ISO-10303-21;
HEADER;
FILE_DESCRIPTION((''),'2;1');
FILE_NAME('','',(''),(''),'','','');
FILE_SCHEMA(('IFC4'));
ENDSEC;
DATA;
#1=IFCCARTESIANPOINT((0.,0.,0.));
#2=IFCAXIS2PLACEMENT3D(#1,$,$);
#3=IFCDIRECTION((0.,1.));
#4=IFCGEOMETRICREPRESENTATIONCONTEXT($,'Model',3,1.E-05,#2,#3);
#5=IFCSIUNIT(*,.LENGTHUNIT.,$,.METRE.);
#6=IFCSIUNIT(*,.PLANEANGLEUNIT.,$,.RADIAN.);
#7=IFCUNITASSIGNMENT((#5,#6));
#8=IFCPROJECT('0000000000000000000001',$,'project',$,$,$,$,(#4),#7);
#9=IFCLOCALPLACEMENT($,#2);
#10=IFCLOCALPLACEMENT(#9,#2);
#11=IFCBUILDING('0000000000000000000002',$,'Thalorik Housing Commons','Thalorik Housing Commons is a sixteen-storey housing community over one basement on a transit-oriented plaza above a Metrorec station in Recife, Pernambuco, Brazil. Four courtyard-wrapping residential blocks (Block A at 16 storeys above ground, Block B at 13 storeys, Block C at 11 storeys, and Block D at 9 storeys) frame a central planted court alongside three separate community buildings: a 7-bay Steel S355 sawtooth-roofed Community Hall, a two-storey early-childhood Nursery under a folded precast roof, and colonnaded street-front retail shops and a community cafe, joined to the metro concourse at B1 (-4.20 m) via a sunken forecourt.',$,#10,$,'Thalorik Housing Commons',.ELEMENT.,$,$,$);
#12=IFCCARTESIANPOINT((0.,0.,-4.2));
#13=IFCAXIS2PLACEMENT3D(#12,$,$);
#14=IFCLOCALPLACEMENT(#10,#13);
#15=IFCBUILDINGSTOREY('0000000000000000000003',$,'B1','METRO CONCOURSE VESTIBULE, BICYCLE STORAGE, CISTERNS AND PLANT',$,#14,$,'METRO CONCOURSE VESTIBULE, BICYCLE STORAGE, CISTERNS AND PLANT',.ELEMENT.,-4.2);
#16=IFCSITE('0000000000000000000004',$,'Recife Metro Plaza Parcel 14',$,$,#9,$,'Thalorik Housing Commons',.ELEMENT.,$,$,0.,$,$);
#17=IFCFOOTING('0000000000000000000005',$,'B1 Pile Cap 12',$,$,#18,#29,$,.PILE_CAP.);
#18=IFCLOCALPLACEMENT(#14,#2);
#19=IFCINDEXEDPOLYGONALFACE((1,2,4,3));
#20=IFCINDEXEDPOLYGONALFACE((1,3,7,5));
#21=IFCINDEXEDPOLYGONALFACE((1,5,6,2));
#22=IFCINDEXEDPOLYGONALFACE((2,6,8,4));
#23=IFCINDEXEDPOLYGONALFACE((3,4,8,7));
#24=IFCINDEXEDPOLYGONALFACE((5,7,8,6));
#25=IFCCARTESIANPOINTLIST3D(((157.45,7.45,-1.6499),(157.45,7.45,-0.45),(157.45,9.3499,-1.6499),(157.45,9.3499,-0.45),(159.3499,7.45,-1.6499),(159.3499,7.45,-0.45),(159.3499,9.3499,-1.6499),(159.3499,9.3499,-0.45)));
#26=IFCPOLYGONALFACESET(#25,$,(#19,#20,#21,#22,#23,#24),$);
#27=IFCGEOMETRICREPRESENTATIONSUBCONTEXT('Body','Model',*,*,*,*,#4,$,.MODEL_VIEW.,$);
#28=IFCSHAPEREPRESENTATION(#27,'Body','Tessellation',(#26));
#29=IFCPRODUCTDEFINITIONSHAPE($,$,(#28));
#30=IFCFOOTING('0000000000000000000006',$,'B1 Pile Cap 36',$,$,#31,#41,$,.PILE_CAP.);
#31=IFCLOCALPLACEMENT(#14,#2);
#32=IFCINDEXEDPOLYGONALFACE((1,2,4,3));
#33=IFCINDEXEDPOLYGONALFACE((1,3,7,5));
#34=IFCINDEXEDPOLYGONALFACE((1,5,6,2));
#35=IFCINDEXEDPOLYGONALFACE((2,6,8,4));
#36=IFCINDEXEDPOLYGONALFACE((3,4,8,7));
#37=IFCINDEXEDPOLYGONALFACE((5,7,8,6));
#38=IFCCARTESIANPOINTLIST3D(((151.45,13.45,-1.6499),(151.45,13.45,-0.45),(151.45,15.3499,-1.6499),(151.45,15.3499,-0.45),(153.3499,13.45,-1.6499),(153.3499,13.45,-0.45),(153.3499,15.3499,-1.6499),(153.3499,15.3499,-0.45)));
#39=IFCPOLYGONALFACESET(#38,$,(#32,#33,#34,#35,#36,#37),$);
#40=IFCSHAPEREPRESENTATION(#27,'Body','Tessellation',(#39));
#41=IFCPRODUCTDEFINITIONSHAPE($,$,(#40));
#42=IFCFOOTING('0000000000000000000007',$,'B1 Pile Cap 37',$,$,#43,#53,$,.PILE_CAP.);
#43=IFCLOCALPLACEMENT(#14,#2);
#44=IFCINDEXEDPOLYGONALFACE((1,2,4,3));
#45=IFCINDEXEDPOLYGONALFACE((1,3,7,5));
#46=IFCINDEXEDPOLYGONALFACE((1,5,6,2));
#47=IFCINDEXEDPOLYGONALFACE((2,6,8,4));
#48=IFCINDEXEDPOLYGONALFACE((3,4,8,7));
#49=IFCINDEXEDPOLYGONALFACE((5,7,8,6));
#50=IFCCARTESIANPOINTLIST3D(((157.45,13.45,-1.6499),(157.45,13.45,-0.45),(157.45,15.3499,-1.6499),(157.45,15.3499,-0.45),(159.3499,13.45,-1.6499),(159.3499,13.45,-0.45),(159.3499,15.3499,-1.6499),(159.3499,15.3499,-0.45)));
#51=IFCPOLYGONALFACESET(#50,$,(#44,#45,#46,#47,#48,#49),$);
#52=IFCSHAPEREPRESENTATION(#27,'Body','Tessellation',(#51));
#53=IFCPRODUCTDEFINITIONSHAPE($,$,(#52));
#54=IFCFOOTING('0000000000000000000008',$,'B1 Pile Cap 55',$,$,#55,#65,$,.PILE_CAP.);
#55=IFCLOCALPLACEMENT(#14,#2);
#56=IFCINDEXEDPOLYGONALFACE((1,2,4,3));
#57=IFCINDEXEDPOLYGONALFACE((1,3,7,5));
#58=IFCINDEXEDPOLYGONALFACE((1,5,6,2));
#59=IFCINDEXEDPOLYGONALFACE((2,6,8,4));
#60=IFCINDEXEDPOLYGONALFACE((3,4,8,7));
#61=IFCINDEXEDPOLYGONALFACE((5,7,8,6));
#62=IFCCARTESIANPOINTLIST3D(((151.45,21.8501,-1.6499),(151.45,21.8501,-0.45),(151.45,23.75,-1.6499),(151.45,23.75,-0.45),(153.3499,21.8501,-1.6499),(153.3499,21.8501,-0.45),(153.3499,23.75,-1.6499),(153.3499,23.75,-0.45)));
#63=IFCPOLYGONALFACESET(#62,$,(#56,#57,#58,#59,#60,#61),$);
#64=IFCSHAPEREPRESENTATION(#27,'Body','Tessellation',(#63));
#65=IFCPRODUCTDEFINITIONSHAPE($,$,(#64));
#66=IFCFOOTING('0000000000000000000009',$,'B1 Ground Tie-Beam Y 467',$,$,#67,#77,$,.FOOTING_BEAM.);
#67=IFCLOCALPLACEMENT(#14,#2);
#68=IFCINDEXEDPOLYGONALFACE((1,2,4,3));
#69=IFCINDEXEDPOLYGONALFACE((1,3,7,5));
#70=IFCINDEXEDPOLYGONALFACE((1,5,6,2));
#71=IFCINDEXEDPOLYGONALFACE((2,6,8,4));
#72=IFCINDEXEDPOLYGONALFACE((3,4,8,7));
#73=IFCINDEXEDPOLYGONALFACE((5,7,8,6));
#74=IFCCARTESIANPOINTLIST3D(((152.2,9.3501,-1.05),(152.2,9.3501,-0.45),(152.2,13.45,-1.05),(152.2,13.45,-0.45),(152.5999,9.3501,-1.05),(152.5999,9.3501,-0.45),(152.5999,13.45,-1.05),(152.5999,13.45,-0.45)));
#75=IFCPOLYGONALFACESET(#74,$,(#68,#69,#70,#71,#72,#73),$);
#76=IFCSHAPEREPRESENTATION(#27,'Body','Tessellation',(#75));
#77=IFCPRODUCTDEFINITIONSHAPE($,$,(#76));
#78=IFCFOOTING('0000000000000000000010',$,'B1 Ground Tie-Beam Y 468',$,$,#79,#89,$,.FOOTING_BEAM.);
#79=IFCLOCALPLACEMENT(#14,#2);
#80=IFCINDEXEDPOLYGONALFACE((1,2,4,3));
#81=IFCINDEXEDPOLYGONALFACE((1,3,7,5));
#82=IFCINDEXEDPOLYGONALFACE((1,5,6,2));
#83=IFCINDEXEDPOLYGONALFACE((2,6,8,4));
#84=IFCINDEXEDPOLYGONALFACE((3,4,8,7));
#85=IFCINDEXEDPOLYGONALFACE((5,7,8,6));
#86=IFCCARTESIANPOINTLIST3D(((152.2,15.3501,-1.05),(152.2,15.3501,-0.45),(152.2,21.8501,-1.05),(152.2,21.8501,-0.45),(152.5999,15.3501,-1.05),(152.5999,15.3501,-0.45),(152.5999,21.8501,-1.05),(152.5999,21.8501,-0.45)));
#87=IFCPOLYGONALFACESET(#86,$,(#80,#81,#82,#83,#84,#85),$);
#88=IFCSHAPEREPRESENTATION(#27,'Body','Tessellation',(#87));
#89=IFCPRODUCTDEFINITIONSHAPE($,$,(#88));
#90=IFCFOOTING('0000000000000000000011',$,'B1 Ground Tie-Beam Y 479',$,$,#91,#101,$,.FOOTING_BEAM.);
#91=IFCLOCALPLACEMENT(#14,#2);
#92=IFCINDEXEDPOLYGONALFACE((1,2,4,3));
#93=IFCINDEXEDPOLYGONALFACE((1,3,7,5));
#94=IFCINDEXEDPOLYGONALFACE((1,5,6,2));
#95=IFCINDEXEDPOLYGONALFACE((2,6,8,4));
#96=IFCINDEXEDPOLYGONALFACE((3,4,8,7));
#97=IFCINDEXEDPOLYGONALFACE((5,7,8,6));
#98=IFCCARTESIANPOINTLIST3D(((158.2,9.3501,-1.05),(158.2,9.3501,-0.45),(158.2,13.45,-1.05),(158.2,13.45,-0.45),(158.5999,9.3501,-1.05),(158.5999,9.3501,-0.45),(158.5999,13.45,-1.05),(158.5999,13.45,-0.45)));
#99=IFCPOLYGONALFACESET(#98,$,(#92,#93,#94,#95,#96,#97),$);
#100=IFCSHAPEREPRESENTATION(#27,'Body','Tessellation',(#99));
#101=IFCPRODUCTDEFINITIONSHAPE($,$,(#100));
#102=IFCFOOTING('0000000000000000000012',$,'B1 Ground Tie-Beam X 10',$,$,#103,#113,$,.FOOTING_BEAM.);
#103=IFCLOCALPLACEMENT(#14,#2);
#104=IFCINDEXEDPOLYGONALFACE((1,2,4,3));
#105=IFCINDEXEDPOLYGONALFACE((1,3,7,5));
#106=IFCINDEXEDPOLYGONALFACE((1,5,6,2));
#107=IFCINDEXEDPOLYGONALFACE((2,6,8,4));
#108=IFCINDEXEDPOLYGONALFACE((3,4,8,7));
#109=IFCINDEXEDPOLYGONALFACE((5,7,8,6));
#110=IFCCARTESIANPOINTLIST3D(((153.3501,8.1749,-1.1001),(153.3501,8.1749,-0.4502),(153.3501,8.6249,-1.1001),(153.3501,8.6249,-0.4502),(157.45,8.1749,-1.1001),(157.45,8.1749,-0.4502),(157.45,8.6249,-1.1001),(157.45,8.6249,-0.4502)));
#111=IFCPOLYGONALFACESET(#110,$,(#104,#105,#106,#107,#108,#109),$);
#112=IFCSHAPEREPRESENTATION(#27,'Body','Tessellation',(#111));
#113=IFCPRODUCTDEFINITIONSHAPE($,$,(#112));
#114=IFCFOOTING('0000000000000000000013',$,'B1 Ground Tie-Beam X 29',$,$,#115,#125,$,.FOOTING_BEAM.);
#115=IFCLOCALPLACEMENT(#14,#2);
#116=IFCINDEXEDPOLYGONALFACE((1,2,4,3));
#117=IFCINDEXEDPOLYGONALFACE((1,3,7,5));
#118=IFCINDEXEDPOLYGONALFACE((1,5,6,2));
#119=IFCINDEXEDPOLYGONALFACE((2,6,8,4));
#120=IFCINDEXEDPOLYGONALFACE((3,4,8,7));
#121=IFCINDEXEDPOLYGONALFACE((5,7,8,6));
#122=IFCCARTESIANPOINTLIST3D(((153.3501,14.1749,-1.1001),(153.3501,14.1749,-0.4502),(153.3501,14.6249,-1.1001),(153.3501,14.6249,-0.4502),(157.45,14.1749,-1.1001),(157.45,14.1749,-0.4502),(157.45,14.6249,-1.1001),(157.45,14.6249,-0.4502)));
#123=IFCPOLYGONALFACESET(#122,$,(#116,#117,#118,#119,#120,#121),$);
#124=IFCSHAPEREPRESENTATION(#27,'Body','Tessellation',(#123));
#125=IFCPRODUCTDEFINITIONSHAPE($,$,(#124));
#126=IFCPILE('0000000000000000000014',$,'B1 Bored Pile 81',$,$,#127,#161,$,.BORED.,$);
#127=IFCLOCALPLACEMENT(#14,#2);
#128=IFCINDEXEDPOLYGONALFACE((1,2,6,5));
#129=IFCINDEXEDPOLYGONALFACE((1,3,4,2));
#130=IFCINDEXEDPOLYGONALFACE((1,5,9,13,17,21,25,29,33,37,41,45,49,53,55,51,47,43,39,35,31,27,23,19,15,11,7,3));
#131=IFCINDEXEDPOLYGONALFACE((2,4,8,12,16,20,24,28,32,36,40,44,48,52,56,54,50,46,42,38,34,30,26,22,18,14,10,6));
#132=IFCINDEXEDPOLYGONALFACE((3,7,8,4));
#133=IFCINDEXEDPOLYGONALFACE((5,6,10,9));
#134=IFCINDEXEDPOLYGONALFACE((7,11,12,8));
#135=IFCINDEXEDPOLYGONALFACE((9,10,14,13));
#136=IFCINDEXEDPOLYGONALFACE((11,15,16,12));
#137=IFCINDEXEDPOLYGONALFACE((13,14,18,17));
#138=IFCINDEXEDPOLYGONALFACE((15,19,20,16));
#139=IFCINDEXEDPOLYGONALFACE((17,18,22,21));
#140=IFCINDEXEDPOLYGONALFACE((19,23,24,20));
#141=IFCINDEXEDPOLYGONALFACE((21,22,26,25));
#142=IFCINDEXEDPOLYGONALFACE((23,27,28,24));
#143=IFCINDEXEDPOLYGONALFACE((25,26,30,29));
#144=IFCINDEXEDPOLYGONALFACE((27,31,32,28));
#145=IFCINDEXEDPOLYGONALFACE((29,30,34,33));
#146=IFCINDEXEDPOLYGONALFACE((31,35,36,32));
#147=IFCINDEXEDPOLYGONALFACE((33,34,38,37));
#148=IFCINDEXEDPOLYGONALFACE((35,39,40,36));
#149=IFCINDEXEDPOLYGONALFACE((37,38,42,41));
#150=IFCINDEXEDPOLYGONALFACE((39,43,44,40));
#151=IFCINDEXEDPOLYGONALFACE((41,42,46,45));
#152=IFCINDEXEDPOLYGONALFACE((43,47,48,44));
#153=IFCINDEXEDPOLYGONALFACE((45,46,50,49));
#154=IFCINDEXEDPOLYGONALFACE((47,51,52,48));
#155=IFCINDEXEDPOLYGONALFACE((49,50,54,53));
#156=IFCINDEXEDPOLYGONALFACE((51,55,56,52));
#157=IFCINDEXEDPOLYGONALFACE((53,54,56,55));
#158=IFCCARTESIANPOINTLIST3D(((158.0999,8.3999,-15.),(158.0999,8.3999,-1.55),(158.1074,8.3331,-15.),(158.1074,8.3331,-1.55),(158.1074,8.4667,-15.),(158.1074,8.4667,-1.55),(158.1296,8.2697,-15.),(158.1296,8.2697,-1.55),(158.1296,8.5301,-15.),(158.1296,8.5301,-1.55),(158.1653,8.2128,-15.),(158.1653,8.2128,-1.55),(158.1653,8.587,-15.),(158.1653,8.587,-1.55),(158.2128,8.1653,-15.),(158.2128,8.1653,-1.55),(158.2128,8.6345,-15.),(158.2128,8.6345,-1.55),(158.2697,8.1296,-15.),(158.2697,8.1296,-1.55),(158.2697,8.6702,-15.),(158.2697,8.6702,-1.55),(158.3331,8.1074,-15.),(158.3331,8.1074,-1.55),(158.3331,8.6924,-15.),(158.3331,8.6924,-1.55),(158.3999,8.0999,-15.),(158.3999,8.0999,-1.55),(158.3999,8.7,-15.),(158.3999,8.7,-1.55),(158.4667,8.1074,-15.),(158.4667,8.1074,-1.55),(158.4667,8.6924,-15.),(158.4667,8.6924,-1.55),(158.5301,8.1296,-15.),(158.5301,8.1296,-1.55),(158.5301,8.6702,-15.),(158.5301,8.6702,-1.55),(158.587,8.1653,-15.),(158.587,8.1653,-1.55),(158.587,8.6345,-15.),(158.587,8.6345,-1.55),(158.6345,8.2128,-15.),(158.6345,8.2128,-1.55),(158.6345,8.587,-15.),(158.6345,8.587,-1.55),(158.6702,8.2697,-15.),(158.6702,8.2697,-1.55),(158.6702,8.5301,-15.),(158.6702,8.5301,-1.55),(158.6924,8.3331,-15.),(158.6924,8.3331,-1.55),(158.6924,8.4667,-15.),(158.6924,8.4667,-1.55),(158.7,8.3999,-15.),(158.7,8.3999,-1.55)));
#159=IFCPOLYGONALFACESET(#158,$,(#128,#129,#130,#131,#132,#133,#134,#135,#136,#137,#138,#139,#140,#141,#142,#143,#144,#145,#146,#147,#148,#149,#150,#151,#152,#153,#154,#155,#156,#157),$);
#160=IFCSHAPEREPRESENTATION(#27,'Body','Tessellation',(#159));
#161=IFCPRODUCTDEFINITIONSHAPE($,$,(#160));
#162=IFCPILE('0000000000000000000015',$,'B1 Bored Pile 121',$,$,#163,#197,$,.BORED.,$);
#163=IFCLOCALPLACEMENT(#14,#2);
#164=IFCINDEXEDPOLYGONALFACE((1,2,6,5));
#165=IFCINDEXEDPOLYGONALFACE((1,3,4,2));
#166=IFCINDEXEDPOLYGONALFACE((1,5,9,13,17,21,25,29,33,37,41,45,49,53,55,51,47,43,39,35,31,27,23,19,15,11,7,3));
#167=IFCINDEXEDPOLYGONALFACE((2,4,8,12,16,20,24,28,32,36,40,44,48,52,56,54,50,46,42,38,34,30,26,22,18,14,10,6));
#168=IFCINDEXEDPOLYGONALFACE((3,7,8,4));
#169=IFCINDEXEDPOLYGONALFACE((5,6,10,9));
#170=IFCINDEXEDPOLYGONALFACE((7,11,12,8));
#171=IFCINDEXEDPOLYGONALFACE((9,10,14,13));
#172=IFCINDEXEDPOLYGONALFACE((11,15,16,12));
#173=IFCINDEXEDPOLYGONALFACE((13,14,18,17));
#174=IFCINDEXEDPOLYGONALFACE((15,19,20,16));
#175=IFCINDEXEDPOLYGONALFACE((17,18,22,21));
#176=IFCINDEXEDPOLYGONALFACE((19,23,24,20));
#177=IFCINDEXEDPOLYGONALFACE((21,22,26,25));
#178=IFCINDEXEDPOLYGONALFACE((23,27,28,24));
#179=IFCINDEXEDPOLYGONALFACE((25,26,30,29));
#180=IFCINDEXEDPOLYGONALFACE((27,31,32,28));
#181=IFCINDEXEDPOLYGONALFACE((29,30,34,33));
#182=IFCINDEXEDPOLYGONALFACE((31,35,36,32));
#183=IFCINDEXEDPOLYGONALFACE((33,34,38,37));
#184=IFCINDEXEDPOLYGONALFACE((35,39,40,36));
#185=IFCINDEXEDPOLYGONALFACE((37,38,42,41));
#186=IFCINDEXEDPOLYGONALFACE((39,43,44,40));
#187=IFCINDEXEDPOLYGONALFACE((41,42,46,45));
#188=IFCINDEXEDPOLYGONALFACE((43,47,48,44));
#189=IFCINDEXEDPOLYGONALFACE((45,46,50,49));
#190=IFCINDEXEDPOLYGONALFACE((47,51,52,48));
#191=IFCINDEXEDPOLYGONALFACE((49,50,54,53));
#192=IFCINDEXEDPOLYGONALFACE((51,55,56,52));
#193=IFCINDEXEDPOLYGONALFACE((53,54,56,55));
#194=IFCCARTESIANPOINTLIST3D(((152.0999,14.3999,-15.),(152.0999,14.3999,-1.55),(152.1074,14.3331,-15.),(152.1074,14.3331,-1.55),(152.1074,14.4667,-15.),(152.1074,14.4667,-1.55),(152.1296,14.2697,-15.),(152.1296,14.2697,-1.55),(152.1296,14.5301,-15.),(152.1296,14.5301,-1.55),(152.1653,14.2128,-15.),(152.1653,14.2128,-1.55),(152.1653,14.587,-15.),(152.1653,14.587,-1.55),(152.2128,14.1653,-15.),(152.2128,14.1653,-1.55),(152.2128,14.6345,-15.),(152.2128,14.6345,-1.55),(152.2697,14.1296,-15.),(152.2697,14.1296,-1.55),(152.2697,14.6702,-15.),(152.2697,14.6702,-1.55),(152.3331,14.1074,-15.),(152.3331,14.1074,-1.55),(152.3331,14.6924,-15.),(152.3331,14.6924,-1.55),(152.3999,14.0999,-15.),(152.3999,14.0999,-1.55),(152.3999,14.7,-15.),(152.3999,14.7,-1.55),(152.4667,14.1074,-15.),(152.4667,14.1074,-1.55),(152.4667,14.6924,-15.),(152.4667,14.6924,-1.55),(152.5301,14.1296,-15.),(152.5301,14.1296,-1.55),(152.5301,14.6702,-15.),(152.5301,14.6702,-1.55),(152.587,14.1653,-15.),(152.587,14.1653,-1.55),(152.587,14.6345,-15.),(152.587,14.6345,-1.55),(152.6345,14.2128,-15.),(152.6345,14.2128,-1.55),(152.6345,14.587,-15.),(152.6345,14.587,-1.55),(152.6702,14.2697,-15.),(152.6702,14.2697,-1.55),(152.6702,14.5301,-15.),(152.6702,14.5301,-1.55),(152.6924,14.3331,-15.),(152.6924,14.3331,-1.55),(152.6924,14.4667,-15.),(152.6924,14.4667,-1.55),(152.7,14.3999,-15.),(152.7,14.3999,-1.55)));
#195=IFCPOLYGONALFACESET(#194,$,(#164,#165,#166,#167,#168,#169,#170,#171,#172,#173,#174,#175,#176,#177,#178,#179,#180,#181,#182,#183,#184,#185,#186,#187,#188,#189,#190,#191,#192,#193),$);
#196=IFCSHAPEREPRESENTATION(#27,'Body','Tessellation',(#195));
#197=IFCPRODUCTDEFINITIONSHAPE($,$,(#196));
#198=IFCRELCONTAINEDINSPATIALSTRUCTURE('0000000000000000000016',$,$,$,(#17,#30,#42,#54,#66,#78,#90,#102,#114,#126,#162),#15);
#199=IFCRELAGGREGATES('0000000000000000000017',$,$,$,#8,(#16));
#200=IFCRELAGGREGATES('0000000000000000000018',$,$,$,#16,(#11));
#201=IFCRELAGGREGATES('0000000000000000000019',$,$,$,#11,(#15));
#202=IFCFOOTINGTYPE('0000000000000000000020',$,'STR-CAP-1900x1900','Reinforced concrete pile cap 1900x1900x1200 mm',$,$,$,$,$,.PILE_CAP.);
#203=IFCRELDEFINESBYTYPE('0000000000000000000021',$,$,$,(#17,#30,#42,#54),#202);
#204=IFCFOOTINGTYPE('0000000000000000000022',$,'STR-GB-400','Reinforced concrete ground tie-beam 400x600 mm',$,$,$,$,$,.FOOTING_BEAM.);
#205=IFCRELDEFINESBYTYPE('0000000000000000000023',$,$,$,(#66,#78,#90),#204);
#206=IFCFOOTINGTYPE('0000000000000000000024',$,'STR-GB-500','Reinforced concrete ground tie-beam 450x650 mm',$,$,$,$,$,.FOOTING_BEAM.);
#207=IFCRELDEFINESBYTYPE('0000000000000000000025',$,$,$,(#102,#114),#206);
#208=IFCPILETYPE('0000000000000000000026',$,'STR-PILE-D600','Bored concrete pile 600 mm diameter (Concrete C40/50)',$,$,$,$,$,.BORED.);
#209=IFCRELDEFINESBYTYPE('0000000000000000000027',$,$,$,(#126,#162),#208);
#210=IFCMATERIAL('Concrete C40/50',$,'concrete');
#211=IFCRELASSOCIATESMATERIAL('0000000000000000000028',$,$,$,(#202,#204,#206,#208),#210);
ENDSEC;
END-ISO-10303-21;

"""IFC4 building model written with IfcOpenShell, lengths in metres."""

from ifc_helpers import new_model, si_unit, direction, frame, origin, origin_2d, place, context, subcontext, project, spatial, rectangle, circle, extrude, material, material_profile, profile_set, type_object, element, save


model = new_model("IFC4")

# Units and contexts
model_context = context("Model", 3, precision=1e-05, world=origin(), true_north=direction((0.0, 1.0)))
body_context = subcontext(model_context, "Body", "Model", "MODEL_VIEW")
ifc_project = project(units=[si_unit("LENGTHUNIT", "METRE"), si_unit("PLANEANGLEUNIT", "RADIAN")], contexts=[model_context])

# Site, building, storey
site_placement = place(None, origin())
site = spatial("IfcSite", under=ifc_project, at=site_placement, Name="Recife Metro Plaza Parcel 14", LongName="Thalorik Housing Commons", CompositionType="ELEMENT", RefElevation=0.0)
building_placement = place(site_placement, origin())
building = spatial("IfcBuilding", under=site, at=building_placement, Name="Thalorik Housing Commons", Description="Thalorik Housing Commons is a sixteen-storey housing community over one basement on a transit-oriented plaza above a Metrorec station in Recife, Pernambuco, Brazil. Four courtyard-wrapping residential blocks (Block A at 16 storeys above ground, Block B at 13 storeys, Block C at 11 storeys, and Block D at 9 storeys) frame a central planted court alongside three separate community buildings: a 7-bay Steel S355 sawtooth-roofed Community Hall, a two-storey early-childhood Nursery under a folded precast roof, and colonnaded street-front retail shops and a community cafe, joined to the metro concourse at B1 (-4.20 m) via a sunken forecourt.", LongName="Thalorik Housing Commons", CompositionType="ELEMENT")
storey_placement = place(building_placement, frame((0.0, 0.0, -4.2)))
storey = spatial("IfcBuildingStorey", under=building, at=storey_placement, Name="B1", Description="METRO CONCOURSE VESTIBULE, BICYCLE STORAGE, CISTERNS AND PLANT", LongName="METRO CONCOURSE VESTIBULE, BICYCLE STORAGE, CISTERNS AND PLANT", CompositionType="ELEMENT", Elevation=-4.2)

# Footings
ifc_material_1 = material(Name="Concrete C40/50", Category="concrete")
footing_type_1 = type_object("IfcFootingType", Name="STR-CAP-1900x1900", Description="Reinforced concrete pile cap 1900x1900x1200 mm", PredefinedType="PILE_CAP", material=ifc_material_1)
for number, where, z_axis, x_axis, name in (
    (1, (158.3999, 8.3999, -1.6499), (0.0, 0.0, 1.0), (1.0, 0.0, 0.0), "B1 Pile Cap 12"),
    (2, (152.3999, 14.3999, -1.6499), (0.0, 0.0, 1.0), (1.0, 0.0, 0.0), "B1 Pile Cap 36"),
    (3, (158.3999, 14.3999, -1.6499), (0.0, 0.0, 1.0), (1.0, 0.0, 0.0), "B1 Pile Cap 37"),
    (4, (152.3999, 22.8, -1.6499), (0.0, 0.0, 1.0), (1.0, 0.0, 0.0), "B1 Pile Cap 55"),
):
    element("IfcFooting", number, at=place(storey_placement, frame(where, z_axis=z_axis, x_axis=x_axis)), inside=storey, type_object=footing_type_1, Name=name, PredefinedType="PILE_CAP", context=body_context, shape_type="SweptSolid", body=[
        extrude(rectangle(XDim=1.8999, YDim=1.8999, at=origin_2d()), origin(), (0.0, 0.0, 1.0), 1.2),
    ])
ifc_material_profile_1 = material_profile(ifc_material_1, rectangle(XDim=0.3999, YDim=0.6001, at=origin_2d()), Name="RC 400x600", Category="concrete")
ifc_profile_set_1 = profile_set([ifc_material_profile_1], Name="Concrete C40/50")
footing_type_2 = type_object("IfcFootingType", Name="STR-GB-400", Description="Reinforced concrete ground tie-beam 400x600 mm", PredefinedType="FOOTING_BEAM", material=ifc_profile_set_1)
footing_1_placement = place(storey_placement, frame((152.3999, 9.3501, -0.75), z_axis=(0.0, 1.0, 0.0), x_axis=(-1.0, 0.0, 0.0)))
element("IfcFooting", 5, at=footing_1_placement, inside=storey, type_object=footing_type_2, Name="B1 Ground Tie-Beam Y 467", PredefinedType="FOOTING_BEAM", context=body_context, shape_type="SweptSolid", body=[
    extrude(rectangle(XDim=0.3999, YDim=0.6001, at=origin_2d()), origin(), (0.0, 0.0, 1.0), 4.0999),
])
footing_2_placement = place(storey_placement, frame((152.3999, 15.3501, -0.75), z_axis=(0.0, 1.0, 0.0), x_axis=(-1.0, 0.0, 0.0)))
element("IfcFooting", 6, at=footing_2_placement, inside=storey, type_object=footing_type_2, Name="B1 Ground Tie-Beam Y 468", PredefinedType="FOOTING_BEAM", context=body_context, shape_type="SweptSolid", body=[
    extrude(rectangle(XDim=0.3999, YDim=0.6001, at=origin_2d()), origin(), (0.0, 0.0, 1.0), 6.5),
])
footing_3_placement = place(storey_placement, frame((158.3999, 9.3501, -0.75), z_axis=(0.0, 1.0, 0.0), x_axis=(-1.0, 0.0, 0.0)))
element("IfcFooting", 7, at=footing_3_placement, inside=storey, type_object=footing_type_2, Name="B1 Ground Tie-Beam Y 479", PredefinedType="FOOTING_BEAM", context=body_context, shape_type="SweptSolid", body=[
    extrude(rectangle(XDim=0.3999, YDim=0.6001, at=origin_2d()), origin(), (0.0, 0.0, 1.0), 4.0999),
])
ifc_material_profile_2 = material_profile(ifc_material_1, rectangle(XDim=0.45, YDim=0.6499, at=origin_2d()), Name="RC 450x650", Category="concrete")
ifc_profile_set_2 = profile_set([ifc_material_profile_2], Name="Concrete C40/50")
footing_type_3 = type_object("IfcFootingType", Name="STR-GB-500", Description="Reinforced concrete ground tie-beam 450x650 mm", PredefinedType="FOOTING_BEAM", material=ifc_profile_set_2)
for number, where, z_axis, x_axis, name in (
    (8, (153.3501, 8.3999, -0.7751), (1.0, 0.0, 0.0), (0.0, 1.0, 0.0), "B1 Ground Tie-Beam X 10"),
    (9, (153.3501, 14.3999, -0.7751), (1.0, 0.0, 0.0), (0.0, 1.0, 0.0), "B1 Ground Tie-Beam X 29"),
):
    element("IfcFooting", number, at=place(storey_placement, frame(where, z_axis=z_axis, x_axis=x_axis)), inside=storey, type_object=footing_type_3, Name=name, PredefinedType="FOOTING_BEAM", context=body_context, shape_type="SweptSolid", body=[
        extrude(rectangle(XDim=0.45, YDim=0.6499, at=origin_2d()), origin(), (0.0, 0.0, 1.0), 4.0999),
    ])

# Piles
ifc_material_profile_3 = material_profile(ifc_material_1, circle(Radius=0.3, at=origin_2d()), Name="BORED PILE D600", Category="concrete")
ifc_profile_set_3 = profile_set([ifc_material_profile_3], Name="Concrete C40/50")
pile_type = type_object("IfcPileType", Name="STR-PILE-D600", Description="Bored concrete pile 600 mm diameter (Concrete C40/50)", PredefinedType="BORED", material=ifc_profile_set_3)
for number, where, z_axis, x_axis, name in (
    (10, (158.3999, 8.3999, -1.55), (0.0, 0.0, -1.0), (1.0, 0.0, 0.0), "B1 Bored Pile 81"),
    (11, (152.3999, 14.3999, -1.55), (0.0, 0.0, -1.0), (1.0, 0.0, 0.0), "B1 Bored Pile 121"),
):
    element("IfcPile", number, at=place(storey_placement, frame(where, z_axis=z_axis, x_axis=x_axis)), inside=storey, type_object=pile_type, Name=name, PredefinedType="BORED", context=body_context, shape_type="SweptSolid", body=[
        extrude(circle(Radius=0.3, at=origin_2d()), origin(), (0.0, 0.0, 1.0), 13.45),
    ])

save(model, "model.ifc")
